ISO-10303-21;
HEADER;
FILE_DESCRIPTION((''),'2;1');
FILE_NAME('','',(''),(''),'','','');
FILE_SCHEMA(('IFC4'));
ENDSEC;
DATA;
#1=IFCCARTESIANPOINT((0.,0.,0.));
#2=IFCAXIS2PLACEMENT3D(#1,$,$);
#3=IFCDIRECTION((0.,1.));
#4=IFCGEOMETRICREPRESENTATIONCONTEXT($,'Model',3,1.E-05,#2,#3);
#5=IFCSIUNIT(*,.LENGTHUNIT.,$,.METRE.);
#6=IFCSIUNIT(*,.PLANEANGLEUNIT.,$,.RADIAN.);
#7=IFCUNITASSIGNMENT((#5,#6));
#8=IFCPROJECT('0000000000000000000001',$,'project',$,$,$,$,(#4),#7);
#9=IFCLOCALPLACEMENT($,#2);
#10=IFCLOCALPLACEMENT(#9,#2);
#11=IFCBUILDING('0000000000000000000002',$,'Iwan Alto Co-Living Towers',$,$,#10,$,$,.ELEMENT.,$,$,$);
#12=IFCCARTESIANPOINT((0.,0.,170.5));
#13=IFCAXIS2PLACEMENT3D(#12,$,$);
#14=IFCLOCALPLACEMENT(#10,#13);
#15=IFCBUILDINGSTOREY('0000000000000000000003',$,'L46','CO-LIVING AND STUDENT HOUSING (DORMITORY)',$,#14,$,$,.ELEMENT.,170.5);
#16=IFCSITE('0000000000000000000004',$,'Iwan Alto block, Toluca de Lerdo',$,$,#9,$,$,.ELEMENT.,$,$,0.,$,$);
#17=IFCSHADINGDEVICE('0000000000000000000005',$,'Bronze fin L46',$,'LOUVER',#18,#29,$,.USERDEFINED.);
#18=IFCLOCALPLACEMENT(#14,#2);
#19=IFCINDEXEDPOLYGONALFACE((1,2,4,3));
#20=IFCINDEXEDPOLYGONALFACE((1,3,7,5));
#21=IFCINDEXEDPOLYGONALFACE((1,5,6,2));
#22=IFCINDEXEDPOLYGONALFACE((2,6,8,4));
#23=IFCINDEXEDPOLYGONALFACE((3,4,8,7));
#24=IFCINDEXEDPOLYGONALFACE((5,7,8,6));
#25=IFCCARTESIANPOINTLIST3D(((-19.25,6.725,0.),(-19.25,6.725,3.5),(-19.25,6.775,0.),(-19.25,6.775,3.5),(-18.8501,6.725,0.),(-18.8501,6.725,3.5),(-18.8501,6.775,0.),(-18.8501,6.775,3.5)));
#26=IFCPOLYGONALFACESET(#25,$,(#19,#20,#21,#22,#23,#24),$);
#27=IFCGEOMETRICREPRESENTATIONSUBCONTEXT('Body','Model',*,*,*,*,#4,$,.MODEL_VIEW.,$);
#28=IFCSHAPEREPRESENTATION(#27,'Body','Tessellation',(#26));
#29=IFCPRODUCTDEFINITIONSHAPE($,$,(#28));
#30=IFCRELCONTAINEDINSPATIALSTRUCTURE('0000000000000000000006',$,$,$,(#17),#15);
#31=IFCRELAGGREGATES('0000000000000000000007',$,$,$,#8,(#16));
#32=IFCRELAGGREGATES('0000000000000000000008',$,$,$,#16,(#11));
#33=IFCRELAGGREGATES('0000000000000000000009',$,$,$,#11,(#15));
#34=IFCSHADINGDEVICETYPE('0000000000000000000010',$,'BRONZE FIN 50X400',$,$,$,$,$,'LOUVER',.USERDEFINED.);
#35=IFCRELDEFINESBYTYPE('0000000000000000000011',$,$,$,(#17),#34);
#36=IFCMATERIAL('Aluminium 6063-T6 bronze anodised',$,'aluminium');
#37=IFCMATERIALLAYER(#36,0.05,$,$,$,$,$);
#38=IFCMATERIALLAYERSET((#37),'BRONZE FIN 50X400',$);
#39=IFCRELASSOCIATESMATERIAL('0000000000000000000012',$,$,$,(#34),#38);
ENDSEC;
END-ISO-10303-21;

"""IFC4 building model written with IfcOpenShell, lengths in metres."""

from ifc_helpers import new_model, si_unit, direction, frame, origin, origin_2d, place, context, subcontext, project, spatial, rectangle, extrude, material, layer, layer_set, type_object, element, save


model = new_model("IFC4")

# Units and contexts
model_context = context("Model", 3, precision=1e-05, world=origin(), true_north=direction((0.0, 1.0)))
body_context = subcontext(model_context, "Body", "Model", "MODEL_VIEW")
ifc_project = project(units=[si_unit("LENGTHUNIT", "METRE"), si_unit("PLANEANGLEUNIT", "RADIAN")], contexts=[model_context])

# Site, building, storey
site_placement = place(None, origin())
site = spatial("IfcSite", under=ifc_project, at=site_placement, Name="Iwan Alto block, Toluca de Lerdo", CompositionType="ELEMENT", RefElevation=0.0)
building_placement = place(site_placement, origin())
building = spatial("IfcBuilding", under=site, at=building_placement, Name="Iwan Alto Co-Living Towers", CompositionType="ELEMENT")
storey_placement = place(building_placement, frame((0.0, 0.0, 170.5)))
storey = spatial("IfcBuildingStorey", under=building, at=storey_placement, Name="L46", Description="CO-LIVING AND STUDENT HOUSING (DORMITORY)", CompositionType="ELEMENT", Elevation=170.5)

# Shading device
ifc_material_1 = material(Name="Aluminium 6063-T6 bronze anodised", Category="aluminium")
ifc_layer_1 = layer(ifc_material_1, 0.05)
ifc_layer_set_1 = layer_set([ifc_layer_1], Name="BRONZE FIN 50X400")
shading_device_type = type_object("IfcShadingDeviceType", Name="BRONZE FIN 50X400", ElementType="LOUVER", PredefinedType="USERDEFINED", material=ifc_layer_set_1)
shading_device_placement = place(storey_placement, frame((-19.05, 6.75, 0.0), z_axis=(0.0, 0.0, 1.0), x_axis=(0.0, -1.0, 0.0)))
element("IfcShadingDevice", 1, at=shading_device_placement, inside=storey, type_object=shading_device_type, Name="Bronze fin L46", ObjectType="LOUVER", PredefinedType="USERDEFINED", context=body_context, shape_type="SweptSolid", body=[
    extrude(rectangle(XDim=0.05, YDim=0.3999, at=origin_2d()), origin(), (0.0, 0.0, 1.0), 3.5),
])

save(model, "model.ifc")
